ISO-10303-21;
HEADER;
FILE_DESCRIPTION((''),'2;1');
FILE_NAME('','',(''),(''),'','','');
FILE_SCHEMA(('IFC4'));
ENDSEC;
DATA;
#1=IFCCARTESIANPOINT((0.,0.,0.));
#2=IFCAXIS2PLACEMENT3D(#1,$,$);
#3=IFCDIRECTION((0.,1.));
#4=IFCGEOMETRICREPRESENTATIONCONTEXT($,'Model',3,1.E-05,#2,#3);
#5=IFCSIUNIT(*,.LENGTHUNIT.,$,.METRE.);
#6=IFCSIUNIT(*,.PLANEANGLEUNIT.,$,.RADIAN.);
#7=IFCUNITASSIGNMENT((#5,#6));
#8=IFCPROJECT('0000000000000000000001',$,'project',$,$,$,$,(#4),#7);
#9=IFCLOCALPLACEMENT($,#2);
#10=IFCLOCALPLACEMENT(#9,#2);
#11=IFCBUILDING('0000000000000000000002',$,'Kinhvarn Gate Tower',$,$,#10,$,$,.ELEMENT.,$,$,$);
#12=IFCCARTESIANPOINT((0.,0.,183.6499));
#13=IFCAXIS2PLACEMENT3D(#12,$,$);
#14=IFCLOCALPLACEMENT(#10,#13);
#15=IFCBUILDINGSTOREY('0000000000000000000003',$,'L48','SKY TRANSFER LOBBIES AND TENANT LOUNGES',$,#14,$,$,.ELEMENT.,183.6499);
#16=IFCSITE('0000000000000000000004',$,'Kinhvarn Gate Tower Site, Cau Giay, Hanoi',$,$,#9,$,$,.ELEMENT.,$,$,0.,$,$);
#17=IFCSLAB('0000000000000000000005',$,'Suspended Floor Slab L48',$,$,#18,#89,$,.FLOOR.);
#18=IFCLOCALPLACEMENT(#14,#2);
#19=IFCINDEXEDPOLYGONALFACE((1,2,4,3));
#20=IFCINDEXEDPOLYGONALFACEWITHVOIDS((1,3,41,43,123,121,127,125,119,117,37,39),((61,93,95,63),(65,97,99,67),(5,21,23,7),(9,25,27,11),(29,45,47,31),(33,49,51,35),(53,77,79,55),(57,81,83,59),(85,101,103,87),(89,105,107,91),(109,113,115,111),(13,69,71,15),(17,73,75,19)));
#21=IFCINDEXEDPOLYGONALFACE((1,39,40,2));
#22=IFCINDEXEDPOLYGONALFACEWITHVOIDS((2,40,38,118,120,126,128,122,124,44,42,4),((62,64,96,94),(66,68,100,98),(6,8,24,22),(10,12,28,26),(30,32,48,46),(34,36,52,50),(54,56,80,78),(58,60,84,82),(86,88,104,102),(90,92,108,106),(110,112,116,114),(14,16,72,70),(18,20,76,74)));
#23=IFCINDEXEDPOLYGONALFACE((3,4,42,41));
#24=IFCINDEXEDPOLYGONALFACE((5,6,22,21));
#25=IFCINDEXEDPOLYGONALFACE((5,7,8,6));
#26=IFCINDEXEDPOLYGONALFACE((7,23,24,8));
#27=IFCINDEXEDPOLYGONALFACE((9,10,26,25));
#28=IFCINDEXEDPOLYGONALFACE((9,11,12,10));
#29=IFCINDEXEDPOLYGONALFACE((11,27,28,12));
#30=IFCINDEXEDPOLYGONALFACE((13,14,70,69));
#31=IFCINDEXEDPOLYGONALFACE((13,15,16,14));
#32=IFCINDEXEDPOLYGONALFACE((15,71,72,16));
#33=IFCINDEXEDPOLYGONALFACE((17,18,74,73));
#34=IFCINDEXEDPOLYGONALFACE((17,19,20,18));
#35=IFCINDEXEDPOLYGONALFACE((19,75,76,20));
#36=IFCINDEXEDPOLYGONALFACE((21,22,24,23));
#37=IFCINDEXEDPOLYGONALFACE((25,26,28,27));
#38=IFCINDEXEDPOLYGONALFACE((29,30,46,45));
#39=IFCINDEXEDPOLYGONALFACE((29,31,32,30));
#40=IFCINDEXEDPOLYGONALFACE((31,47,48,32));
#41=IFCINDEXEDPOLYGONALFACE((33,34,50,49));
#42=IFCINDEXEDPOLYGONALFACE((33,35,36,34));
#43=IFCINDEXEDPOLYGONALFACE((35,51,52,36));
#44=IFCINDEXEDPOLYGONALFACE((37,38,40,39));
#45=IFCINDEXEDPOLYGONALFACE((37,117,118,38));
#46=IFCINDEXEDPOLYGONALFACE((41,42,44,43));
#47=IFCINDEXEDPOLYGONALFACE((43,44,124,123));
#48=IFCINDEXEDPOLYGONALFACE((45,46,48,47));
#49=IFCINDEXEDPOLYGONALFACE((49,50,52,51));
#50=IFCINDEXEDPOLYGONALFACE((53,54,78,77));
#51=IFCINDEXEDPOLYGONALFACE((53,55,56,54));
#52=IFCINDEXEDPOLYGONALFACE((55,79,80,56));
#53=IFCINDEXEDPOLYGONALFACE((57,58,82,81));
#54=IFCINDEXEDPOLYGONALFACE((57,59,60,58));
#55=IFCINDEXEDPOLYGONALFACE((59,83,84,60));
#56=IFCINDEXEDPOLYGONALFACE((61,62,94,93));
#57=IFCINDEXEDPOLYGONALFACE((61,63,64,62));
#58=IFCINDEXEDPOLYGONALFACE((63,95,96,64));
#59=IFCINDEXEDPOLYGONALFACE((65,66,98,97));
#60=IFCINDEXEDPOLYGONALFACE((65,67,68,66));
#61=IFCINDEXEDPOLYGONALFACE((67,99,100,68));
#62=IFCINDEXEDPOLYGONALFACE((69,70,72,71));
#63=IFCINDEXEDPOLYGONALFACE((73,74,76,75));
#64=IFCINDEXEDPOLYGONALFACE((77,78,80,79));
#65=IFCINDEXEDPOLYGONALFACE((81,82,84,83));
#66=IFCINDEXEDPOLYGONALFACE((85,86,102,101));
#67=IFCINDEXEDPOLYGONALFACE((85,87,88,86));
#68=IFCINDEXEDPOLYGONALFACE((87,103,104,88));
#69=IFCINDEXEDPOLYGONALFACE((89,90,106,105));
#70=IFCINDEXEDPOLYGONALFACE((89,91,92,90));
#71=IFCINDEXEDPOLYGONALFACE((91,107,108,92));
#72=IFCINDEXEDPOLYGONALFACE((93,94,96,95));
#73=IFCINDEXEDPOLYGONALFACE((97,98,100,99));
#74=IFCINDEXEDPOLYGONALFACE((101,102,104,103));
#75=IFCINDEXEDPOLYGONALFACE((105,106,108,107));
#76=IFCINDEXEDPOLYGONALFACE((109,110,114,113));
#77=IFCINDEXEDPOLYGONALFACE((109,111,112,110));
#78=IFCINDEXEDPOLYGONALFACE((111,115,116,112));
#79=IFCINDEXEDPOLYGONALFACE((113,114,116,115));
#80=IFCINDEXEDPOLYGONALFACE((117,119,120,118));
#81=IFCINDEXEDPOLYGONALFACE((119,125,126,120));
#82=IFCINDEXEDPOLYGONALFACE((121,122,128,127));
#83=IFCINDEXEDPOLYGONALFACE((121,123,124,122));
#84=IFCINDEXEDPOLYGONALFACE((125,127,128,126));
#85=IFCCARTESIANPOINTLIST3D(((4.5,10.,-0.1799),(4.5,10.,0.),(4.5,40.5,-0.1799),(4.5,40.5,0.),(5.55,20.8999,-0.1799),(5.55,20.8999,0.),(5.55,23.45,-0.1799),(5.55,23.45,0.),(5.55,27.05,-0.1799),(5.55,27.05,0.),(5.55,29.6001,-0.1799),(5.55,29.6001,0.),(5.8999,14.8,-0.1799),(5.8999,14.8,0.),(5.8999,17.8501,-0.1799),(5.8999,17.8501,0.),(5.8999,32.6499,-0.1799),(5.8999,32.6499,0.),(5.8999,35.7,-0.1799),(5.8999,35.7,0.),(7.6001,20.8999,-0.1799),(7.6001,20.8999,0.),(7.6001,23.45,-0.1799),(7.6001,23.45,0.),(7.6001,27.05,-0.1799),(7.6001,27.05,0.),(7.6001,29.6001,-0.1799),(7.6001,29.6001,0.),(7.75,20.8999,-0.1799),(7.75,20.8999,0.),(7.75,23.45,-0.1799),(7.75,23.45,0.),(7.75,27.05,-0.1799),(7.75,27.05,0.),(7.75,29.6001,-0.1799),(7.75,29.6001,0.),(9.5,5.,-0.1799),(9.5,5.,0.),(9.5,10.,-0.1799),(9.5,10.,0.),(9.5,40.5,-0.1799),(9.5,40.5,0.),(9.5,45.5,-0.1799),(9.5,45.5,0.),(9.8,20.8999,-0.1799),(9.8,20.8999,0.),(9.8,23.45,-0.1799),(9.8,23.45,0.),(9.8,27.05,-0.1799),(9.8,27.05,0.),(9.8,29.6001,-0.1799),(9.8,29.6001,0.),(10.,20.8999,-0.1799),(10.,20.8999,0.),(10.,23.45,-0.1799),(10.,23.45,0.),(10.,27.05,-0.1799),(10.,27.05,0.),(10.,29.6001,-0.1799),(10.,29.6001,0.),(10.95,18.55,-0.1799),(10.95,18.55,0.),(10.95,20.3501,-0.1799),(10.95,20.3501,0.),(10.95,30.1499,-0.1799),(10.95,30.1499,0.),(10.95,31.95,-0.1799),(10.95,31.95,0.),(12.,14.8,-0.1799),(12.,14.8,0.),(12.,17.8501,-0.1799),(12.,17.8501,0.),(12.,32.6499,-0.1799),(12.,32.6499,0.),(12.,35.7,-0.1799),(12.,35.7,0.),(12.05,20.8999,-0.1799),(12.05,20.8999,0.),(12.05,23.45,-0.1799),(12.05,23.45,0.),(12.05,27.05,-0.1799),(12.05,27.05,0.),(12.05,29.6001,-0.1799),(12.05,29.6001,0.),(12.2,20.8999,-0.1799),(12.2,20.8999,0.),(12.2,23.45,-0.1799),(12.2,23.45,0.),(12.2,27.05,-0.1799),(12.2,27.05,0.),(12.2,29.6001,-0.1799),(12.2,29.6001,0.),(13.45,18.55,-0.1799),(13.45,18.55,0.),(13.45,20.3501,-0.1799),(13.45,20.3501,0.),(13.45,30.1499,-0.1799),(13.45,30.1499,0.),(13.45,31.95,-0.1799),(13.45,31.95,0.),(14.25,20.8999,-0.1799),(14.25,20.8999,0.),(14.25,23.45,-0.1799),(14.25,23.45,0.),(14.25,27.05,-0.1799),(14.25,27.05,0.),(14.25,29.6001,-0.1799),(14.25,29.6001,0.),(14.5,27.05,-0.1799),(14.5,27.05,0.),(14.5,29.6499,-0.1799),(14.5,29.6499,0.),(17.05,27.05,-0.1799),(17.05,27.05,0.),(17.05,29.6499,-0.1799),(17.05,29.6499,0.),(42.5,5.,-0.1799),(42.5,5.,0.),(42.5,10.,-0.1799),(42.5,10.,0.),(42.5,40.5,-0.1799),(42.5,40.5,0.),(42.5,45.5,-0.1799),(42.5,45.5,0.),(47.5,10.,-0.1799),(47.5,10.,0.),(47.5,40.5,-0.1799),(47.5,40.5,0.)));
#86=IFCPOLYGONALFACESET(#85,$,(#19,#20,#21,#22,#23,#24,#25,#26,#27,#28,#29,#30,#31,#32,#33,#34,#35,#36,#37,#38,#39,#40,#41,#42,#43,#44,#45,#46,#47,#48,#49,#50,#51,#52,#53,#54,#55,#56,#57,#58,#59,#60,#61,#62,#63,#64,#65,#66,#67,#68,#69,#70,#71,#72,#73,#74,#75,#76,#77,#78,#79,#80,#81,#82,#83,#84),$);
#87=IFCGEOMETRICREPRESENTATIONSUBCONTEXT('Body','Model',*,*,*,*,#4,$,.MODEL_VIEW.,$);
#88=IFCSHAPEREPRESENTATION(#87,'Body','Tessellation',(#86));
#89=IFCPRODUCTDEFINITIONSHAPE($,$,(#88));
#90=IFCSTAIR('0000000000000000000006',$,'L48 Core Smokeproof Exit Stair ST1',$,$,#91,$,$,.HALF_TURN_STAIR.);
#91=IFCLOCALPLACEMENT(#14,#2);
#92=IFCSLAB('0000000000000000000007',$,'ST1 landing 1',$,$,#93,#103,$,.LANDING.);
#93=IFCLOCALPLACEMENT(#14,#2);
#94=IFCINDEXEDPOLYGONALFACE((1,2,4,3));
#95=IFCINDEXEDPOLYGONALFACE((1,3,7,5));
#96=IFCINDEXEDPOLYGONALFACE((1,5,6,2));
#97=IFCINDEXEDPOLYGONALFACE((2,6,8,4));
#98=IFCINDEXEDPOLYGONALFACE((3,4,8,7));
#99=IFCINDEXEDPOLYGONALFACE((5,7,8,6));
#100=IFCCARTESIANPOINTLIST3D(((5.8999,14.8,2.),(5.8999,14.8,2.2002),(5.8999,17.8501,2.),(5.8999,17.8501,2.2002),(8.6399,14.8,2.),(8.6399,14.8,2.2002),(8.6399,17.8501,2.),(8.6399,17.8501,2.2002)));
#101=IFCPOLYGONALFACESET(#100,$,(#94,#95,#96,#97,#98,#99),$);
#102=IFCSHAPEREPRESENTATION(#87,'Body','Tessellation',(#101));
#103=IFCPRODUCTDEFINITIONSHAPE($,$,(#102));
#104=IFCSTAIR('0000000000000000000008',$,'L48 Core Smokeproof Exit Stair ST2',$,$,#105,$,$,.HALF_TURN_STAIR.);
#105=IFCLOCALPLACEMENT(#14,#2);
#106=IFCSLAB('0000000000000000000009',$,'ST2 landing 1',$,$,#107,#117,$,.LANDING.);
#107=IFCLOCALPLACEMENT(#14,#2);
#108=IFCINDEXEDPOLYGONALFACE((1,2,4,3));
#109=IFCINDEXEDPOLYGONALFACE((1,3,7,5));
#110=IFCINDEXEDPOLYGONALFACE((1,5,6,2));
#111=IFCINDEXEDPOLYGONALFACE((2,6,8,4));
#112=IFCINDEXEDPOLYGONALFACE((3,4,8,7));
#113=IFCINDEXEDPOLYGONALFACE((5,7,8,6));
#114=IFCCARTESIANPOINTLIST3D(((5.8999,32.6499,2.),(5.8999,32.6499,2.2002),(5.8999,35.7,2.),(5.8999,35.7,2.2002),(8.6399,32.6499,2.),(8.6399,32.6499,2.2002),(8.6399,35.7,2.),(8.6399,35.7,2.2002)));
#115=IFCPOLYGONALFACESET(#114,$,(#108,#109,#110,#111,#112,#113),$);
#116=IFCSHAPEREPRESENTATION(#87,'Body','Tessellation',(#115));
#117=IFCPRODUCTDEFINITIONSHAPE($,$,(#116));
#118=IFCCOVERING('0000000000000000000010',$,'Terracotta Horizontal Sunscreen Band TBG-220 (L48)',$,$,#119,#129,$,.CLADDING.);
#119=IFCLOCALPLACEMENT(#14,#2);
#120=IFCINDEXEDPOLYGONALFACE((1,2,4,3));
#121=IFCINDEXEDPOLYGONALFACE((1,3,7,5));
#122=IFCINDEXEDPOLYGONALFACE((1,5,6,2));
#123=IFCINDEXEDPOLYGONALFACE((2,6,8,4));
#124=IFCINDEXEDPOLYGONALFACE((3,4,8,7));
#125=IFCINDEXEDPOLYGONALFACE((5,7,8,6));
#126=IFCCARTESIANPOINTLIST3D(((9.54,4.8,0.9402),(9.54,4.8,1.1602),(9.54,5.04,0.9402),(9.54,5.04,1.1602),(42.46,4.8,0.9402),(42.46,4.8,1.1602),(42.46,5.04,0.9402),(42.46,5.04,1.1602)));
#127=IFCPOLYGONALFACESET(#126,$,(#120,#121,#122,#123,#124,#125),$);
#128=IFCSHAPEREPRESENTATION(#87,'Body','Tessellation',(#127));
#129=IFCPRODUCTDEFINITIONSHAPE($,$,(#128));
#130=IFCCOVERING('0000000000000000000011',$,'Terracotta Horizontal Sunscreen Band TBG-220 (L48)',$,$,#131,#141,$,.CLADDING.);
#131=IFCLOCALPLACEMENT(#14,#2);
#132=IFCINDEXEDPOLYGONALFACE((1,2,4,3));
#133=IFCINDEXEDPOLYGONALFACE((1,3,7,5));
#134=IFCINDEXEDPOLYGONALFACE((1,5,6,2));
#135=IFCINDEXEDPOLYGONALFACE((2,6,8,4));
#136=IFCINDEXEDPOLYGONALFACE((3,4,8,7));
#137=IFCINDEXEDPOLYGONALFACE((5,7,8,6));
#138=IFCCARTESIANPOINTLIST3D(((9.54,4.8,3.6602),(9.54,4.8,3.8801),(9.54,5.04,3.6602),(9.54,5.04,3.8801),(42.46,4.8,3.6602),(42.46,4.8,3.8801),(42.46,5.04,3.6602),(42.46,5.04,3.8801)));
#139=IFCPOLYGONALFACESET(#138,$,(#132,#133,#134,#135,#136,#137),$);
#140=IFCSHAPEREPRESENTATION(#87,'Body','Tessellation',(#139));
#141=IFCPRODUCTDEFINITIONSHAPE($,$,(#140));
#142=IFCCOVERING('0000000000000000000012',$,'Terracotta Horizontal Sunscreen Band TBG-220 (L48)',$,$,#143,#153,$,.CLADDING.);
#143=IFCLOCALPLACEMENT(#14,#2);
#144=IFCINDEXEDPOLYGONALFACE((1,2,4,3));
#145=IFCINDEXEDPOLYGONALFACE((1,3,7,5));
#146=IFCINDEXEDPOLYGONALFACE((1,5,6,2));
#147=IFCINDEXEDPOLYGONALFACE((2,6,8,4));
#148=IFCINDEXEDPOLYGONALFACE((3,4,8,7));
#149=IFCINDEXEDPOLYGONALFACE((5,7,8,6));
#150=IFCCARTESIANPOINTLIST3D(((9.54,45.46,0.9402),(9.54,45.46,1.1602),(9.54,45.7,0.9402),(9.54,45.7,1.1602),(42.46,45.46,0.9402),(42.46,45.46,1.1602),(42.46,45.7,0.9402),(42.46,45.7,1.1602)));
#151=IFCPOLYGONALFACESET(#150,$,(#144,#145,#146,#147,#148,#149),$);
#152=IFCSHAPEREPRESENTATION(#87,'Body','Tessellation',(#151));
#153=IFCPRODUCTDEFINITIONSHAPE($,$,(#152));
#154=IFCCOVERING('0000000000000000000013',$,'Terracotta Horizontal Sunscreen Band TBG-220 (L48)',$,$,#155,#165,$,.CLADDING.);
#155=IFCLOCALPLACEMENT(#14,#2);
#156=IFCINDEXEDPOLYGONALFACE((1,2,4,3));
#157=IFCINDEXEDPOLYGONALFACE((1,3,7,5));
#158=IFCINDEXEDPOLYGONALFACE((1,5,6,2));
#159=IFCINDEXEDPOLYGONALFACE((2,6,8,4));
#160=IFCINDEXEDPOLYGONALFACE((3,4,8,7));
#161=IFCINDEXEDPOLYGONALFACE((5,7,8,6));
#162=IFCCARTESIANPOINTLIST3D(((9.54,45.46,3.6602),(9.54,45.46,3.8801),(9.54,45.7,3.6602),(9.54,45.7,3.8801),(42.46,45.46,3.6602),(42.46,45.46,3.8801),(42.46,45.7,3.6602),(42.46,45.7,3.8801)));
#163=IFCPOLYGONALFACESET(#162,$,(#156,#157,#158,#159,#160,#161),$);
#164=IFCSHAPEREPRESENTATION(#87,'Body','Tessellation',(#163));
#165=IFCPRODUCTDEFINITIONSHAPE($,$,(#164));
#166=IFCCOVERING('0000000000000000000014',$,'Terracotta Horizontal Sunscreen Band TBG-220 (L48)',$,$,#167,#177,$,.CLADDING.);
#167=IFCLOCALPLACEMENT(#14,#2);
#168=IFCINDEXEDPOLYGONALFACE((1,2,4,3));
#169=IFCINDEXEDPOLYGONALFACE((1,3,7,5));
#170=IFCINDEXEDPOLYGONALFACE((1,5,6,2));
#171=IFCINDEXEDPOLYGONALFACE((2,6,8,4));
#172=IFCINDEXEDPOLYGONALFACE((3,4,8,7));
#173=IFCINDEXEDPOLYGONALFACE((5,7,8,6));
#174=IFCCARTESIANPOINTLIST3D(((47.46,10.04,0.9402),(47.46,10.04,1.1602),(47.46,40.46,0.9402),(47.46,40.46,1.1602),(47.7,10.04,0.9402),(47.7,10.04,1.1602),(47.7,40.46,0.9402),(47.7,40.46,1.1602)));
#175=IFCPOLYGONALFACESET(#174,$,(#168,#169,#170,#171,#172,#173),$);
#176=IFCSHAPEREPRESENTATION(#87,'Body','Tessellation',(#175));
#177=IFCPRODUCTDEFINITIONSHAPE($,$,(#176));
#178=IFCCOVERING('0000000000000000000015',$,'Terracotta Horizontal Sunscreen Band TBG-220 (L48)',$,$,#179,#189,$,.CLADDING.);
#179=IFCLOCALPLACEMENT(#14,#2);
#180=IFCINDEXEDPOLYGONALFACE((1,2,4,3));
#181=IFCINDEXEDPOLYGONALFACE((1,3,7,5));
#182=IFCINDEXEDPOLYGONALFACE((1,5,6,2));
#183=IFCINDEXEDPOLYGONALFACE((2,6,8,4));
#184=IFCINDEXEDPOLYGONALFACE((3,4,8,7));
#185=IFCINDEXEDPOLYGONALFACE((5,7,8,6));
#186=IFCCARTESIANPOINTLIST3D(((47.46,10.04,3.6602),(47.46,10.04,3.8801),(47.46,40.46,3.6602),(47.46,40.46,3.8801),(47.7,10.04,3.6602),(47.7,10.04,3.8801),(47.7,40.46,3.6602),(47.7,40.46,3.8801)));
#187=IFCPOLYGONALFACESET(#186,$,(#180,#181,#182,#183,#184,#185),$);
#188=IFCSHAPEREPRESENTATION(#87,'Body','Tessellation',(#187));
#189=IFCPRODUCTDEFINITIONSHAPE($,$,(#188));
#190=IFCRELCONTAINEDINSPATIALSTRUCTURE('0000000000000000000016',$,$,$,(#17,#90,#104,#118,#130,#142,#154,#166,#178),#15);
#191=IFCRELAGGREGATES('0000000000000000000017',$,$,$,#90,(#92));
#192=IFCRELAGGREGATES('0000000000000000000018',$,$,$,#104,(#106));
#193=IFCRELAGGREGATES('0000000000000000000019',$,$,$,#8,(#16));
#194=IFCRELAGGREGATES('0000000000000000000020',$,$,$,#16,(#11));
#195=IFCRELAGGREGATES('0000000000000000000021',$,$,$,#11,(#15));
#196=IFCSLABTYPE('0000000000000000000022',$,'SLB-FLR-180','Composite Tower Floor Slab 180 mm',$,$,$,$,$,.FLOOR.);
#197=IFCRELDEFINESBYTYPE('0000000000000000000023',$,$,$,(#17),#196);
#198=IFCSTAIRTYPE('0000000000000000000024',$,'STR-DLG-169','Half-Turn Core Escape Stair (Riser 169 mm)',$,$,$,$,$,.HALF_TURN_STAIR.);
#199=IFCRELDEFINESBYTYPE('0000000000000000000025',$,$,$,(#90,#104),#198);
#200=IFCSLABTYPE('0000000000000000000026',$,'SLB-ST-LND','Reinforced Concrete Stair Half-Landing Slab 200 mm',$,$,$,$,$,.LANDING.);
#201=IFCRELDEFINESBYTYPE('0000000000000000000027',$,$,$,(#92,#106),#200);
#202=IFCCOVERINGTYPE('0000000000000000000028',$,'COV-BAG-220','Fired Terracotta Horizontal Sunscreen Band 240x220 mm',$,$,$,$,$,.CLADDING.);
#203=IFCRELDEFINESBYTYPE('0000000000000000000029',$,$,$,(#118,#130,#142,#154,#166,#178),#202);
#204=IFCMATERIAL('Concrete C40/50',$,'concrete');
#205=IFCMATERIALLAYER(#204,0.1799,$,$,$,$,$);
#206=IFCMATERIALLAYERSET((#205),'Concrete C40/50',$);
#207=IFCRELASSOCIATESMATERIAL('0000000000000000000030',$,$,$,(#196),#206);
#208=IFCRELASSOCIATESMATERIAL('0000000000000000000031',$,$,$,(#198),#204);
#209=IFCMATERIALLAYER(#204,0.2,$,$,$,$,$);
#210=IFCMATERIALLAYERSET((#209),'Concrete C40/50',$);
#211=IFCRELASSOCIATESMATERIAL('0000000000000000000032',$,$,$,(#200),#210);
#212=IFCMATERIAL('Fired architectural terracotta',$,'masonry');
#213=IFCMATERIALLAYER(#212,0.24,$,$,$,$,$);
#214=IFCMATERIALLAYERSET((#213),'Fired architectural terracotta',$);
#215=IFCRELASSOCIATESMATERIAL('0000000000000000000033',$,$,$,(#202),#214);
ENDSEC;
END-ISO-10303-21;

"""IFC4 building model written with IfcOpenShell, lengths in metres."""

from ifc_helpers import new_model, si_unit, direction, frame, origin, place, context, subcontext, project, spatial, polyline, outline, extrude, material, layer, layer_set, type_object, element, aggregate, save


model = new_model("IFC4")

# Units and contexts
model_context = context("Model", 3, precision=1e-05, world=origin(), true_north=direction((0.0, 1.0)))
body_context = subcontext(model_context, "Body", "Model", "MODEL_VIEW")
ifc_project = project(units=[si_unit("LENGTHUNIT", "METRE"), si_unit("PLANEANGLEUNIT", "RADIAN")], contexts=[model_context])

# Site, building, storey
site_placement = place(None, origin())
site = spatial("IfcSite", under=ifc_project, at=site_placement, Name="Kinhvarn Gate Tower Site, Cau Giay, Hanoi", CompositionType="ELEMENT", RefElevation=0.0)
building_placement = place(site_placement, origin())
building = spatial("IfcBuilding", under=site, at=building_placement, Name="Kinhvarn Gate Tower", CompositionType="ELEMENT")
storey_placement = place(building_placement, frame((0.0, 0.0, 183.6499)))
storey = spatial("IfcBuildingStorey", under=building, at=storey_placement, Name="L48", Description="SKY TRANSFER LOBBIES AND TENANT LOUNGES", CompositionType="ELEMENT", Elevation=183.6499)

# Slab
ifc_material_1 = material(Name="Concrete C40/50", Category="concrete")
ifc_layer_1 = layer(ifc_material_1, 0.1799)
ifc_layer_set_1 = layer_set([ifc_layer_1], Name="Concrete C40/50")
slab_type_1 = type_object("IfcSlabType", Name="SLB-FLR-180", Description="Composite Tower Floor Slab 180 mm", PredefinedType="FLOOR", material=ifc_layer_set_1)
slab_1_placement = place(storey_placement, frame((0.0, 0.0, -0.1799)))
element("IfcSlab", 1, at=slab_1_placement, inside=storey, type_object=slab_type_1, Name="Suspended Floor Slab L48", PredefinedType="FLOOR", context=body_context, shape_type="SweptSolid", body=[
    extrude(outline(polyline([(9.5, 5.0), (42.5, 5.0), (42.5, 10.0), (47.5, 10.0), (47.5, 40.5), (42.5, 40.5), (42.5, 45.5), (9.5, 45.5), (9.5, 40.5), (4.5, 40.5), (4.5, 10.0), (9.5, 10.0), (9.5, 5.0)]), holes=[polyline([(5.8999, 14.8), (12.0, 14.8), (12.0, 17.8501), (5.8999, 17.8501), (5.8999, 14.8)]), polyline([(5.8999, 32.6499), (12.0, 32.6499), (12.0, 35.7), (5.8999, 35.7), (5.8999, 32.6499)]), polyline([(5.55, 20.8999), (7.6001, 20.8999), (7.6001, 23.45), (5.55, 23.45), (5.55, 20.8999)]), polyline([(7.75, 20.8999), (9.8, 20.8999), (9.8, 23.45), (7.75, 23.45), (7.75, 20.8999)]), polyline([(5.55, 27.05), (7.6001, 27.05), (7.6001, 29.6001), (5.55, 29.6001), (5.55, 27.05)]), polyline([(7.75, 27.05), (9.8, 27.05), (9.8, 29.6001), (7.75, 29.6001), (7.75, 27.05)]), polyline([(10.0, 20.8999), (12.05, 20.8999), (12.05, 23.45), (10.0, 23.45), (10.0, 20.8999)]), polyline([(12.2, 20.8999), (14.25, 20.8999), (14.25, 23.45), (12.2, 23.45), (12.2, 20.8999)]), polyline([(10.0, 27.05), (12.05, 27.05), (12.05, 29.6001), (10.0, 29.6001), (10.0, 27.05)]), polyline([(12.2, 27.05), (14.25, 27.05), (14.25, 29.6001), (12.2, 29.6001), (12.2, 27.05)]), polyline([(14.5, 27.05), (17.05, 27.05), (17.05, 29.6499), (14.5, 29.6499), (14.5, 27.05)]), polyline([(10.95, 18.55), (13.45, 18.55), (13.45, 20.3501), (10.95, 20.3501), (10.95, 18.55)]), polyline([(10.95, 30.1499), (13.45, 30.1499), (13.45, 31.95), (10.95, 31.95), (10.95, 30.1499)])]), origin(), (0.0, 0.0, 1.0), 0.1799),
])

# Stairs, slabs
stair_type = type_object("IfcStairType", Name="STR-DLG-169", Description="Half-Turn Core Escape Stair (Riser 169 mm)", PredefinedType="HALF_TURN_STAIR", material=ifc_material_1)
stair_1_placement = place(storey_placement, origin())
stair_1 = element("IfcStair", 2, at=stair_1_placement, inside=storey, type_object=stair_type, Name="L48 Core Smokeproof Exit Stair ST1", PredefinedType="HALF_TURN_STAIR")
ifc_layer_2 = layer(ifc_material_1, 0.2)
ifc_layer_set_2 = layer_set([ifc_layer_2], Name="Concrete C40/50")
slab_type_2 = type_object("IfcSlabType", Name="SLB-ST-LND", Description="Reinforced Concrete Stair Half-Landing Slab 200 mm", PredefinedType="LANDING", material=ifc_layer_set_2)
slab_2_placement = place(storey_placement, frame((0.0, 0.0, 2.0)))
slab_2 = element("IfcSlab", 3, at=slab_2_placement, type_object=slab_type_2, Name="ST1 landing 1", PredefinedType="LANDING", context=body_context, shape_type="SweptSolid", body=[
    extrude(outline(polyline([(8.6399, 17.8501), (5.8999, 17.8501), (5.8999, 14.8), (8.6399, 14.8), (8.6399, 17.8501)])), origin(), (0.0, 0.0, 1.0), 0.2002),
])
aggregate(stair_1, [slab_2])
stair_2_placement = place(storey_placement, origin())
stair_2 = element("IfcStair", 4, at=stair_2_placement, inside=storey, type_object=stair_type, Name="L48 Core Smokeproof Exit Stair ST2", PredefinedType="HALF_TURN_STAIR")
slab_3_placement = place(storey_placement, frame((0.0, 0.0, 2.0)))
slab_3 = element("IfcSlab", 5, at=slab_3_placement, type_object=slab_type_2, Name="ST2 landing 1", PredefinedType="LANDING", context=body_context, shape_type="SweptSolid", body=[
    extrude(outline(polyline([(8.6399, 35.7), (5.8999, 35.7), (5.8999, 32.6499), (8.6399, 32.6499), (8.6399, 35.7)])), origin(), (0.0, 0.0, 1.0), 0.2002),
])
aggregate(stair_2, [slab_3])

# Coverings
ifc_material_2 = material(Name="Fired architectural terracotta", Category="masonry")
ifc_layer_3 = layer(ifc_material_2, 0.24)
ifc_layer_set_3 = layer_set([ifc_layer_3], Name="Fired architectural terracotta")
covering_type_1 = type_object("IfcCoveringType", Name="COV-BAG-220", Description="Fired Terracotta Horizontal Sunscreen Band 240x220 mm", PredefinedType="CLADDING", material=ifc_layer_set_3)
for number, where, name in (
    (6, (0.0, 0.0, 0.9402), "Terracotta Horizontal Sunscreen Band TBG-220 (L48)"),
    (7, (0.0, 0.0, 3.6602), "Terracotta Horizontal Sunscreen Band TBG-220 (L48)"),
):
    element("IfcCovering", number, at=place(storey_placement, frame(where)), inside=storey, type_object=covering_type_1, Name=name, PredefinedType="CLADDING", context=body_context, shape_type="SweptSolid", body=[
        extrude(outline(polyline([(9.54, 5.04), (42.46, 5.04), (42.46, 4.8), (9.54, 4.8), (9.54, 5.04)])), origin(), (0.0, 0.0, 1.0), 0.22),
    ])
for number, where, name in (
    (8, (0.0, 0.0, 0.9402), "Terracotta Horizontal Sunscreen Band TBG-220 (L48)"),
    (9, (0.0, 0.0, 3.6602), "Terracotta Horizontal Sunscreen Band TBG-220 (L48)"),
):
    element("IfcCovering", number, at=place(storey_placement, frame(where)), inside=storey, type_object=covering_type_1, Name=name, PredefinedType="CLADDING", context=body_context, shape_type="SweptSolid", body=[
        extrude(outline(polyline([(42.46, 45.46), (9.54, 45.46), (9.54, 45.7), (42.46, 45.7), (42.46, 45.46)])), origin(), (0.0, 0.0, 1.0), 0.22),
    ])
for number, where, name in (
    (10, (0.0, 0.0, 0.9402), "Terracotta Horizontal Sunscreen Band TBG-220 (L48)"),
    (11, (0.0, 0.0, 3.6602), "Terracotta Horizontal Sunscreen Band TBG-220 (L48)"),
):
    element("IfcCovering", number, at=place(storey_placement, frame(where)), inside=storey, type_object=covering_type_1, Name=name, PredefinedType="CLADDING", context=body_context, shape_type="SweptSolid", body=[
        extrude(outline(polyline([(47.46, 10.04), (47.46, 40.46), (47.7, 40.46), (47.7, 10.04), (47.46, 10.04)])), origin(), (0.0, 0.0, 1.0), 0.22),
    ])

save(model, "model.ifc")
